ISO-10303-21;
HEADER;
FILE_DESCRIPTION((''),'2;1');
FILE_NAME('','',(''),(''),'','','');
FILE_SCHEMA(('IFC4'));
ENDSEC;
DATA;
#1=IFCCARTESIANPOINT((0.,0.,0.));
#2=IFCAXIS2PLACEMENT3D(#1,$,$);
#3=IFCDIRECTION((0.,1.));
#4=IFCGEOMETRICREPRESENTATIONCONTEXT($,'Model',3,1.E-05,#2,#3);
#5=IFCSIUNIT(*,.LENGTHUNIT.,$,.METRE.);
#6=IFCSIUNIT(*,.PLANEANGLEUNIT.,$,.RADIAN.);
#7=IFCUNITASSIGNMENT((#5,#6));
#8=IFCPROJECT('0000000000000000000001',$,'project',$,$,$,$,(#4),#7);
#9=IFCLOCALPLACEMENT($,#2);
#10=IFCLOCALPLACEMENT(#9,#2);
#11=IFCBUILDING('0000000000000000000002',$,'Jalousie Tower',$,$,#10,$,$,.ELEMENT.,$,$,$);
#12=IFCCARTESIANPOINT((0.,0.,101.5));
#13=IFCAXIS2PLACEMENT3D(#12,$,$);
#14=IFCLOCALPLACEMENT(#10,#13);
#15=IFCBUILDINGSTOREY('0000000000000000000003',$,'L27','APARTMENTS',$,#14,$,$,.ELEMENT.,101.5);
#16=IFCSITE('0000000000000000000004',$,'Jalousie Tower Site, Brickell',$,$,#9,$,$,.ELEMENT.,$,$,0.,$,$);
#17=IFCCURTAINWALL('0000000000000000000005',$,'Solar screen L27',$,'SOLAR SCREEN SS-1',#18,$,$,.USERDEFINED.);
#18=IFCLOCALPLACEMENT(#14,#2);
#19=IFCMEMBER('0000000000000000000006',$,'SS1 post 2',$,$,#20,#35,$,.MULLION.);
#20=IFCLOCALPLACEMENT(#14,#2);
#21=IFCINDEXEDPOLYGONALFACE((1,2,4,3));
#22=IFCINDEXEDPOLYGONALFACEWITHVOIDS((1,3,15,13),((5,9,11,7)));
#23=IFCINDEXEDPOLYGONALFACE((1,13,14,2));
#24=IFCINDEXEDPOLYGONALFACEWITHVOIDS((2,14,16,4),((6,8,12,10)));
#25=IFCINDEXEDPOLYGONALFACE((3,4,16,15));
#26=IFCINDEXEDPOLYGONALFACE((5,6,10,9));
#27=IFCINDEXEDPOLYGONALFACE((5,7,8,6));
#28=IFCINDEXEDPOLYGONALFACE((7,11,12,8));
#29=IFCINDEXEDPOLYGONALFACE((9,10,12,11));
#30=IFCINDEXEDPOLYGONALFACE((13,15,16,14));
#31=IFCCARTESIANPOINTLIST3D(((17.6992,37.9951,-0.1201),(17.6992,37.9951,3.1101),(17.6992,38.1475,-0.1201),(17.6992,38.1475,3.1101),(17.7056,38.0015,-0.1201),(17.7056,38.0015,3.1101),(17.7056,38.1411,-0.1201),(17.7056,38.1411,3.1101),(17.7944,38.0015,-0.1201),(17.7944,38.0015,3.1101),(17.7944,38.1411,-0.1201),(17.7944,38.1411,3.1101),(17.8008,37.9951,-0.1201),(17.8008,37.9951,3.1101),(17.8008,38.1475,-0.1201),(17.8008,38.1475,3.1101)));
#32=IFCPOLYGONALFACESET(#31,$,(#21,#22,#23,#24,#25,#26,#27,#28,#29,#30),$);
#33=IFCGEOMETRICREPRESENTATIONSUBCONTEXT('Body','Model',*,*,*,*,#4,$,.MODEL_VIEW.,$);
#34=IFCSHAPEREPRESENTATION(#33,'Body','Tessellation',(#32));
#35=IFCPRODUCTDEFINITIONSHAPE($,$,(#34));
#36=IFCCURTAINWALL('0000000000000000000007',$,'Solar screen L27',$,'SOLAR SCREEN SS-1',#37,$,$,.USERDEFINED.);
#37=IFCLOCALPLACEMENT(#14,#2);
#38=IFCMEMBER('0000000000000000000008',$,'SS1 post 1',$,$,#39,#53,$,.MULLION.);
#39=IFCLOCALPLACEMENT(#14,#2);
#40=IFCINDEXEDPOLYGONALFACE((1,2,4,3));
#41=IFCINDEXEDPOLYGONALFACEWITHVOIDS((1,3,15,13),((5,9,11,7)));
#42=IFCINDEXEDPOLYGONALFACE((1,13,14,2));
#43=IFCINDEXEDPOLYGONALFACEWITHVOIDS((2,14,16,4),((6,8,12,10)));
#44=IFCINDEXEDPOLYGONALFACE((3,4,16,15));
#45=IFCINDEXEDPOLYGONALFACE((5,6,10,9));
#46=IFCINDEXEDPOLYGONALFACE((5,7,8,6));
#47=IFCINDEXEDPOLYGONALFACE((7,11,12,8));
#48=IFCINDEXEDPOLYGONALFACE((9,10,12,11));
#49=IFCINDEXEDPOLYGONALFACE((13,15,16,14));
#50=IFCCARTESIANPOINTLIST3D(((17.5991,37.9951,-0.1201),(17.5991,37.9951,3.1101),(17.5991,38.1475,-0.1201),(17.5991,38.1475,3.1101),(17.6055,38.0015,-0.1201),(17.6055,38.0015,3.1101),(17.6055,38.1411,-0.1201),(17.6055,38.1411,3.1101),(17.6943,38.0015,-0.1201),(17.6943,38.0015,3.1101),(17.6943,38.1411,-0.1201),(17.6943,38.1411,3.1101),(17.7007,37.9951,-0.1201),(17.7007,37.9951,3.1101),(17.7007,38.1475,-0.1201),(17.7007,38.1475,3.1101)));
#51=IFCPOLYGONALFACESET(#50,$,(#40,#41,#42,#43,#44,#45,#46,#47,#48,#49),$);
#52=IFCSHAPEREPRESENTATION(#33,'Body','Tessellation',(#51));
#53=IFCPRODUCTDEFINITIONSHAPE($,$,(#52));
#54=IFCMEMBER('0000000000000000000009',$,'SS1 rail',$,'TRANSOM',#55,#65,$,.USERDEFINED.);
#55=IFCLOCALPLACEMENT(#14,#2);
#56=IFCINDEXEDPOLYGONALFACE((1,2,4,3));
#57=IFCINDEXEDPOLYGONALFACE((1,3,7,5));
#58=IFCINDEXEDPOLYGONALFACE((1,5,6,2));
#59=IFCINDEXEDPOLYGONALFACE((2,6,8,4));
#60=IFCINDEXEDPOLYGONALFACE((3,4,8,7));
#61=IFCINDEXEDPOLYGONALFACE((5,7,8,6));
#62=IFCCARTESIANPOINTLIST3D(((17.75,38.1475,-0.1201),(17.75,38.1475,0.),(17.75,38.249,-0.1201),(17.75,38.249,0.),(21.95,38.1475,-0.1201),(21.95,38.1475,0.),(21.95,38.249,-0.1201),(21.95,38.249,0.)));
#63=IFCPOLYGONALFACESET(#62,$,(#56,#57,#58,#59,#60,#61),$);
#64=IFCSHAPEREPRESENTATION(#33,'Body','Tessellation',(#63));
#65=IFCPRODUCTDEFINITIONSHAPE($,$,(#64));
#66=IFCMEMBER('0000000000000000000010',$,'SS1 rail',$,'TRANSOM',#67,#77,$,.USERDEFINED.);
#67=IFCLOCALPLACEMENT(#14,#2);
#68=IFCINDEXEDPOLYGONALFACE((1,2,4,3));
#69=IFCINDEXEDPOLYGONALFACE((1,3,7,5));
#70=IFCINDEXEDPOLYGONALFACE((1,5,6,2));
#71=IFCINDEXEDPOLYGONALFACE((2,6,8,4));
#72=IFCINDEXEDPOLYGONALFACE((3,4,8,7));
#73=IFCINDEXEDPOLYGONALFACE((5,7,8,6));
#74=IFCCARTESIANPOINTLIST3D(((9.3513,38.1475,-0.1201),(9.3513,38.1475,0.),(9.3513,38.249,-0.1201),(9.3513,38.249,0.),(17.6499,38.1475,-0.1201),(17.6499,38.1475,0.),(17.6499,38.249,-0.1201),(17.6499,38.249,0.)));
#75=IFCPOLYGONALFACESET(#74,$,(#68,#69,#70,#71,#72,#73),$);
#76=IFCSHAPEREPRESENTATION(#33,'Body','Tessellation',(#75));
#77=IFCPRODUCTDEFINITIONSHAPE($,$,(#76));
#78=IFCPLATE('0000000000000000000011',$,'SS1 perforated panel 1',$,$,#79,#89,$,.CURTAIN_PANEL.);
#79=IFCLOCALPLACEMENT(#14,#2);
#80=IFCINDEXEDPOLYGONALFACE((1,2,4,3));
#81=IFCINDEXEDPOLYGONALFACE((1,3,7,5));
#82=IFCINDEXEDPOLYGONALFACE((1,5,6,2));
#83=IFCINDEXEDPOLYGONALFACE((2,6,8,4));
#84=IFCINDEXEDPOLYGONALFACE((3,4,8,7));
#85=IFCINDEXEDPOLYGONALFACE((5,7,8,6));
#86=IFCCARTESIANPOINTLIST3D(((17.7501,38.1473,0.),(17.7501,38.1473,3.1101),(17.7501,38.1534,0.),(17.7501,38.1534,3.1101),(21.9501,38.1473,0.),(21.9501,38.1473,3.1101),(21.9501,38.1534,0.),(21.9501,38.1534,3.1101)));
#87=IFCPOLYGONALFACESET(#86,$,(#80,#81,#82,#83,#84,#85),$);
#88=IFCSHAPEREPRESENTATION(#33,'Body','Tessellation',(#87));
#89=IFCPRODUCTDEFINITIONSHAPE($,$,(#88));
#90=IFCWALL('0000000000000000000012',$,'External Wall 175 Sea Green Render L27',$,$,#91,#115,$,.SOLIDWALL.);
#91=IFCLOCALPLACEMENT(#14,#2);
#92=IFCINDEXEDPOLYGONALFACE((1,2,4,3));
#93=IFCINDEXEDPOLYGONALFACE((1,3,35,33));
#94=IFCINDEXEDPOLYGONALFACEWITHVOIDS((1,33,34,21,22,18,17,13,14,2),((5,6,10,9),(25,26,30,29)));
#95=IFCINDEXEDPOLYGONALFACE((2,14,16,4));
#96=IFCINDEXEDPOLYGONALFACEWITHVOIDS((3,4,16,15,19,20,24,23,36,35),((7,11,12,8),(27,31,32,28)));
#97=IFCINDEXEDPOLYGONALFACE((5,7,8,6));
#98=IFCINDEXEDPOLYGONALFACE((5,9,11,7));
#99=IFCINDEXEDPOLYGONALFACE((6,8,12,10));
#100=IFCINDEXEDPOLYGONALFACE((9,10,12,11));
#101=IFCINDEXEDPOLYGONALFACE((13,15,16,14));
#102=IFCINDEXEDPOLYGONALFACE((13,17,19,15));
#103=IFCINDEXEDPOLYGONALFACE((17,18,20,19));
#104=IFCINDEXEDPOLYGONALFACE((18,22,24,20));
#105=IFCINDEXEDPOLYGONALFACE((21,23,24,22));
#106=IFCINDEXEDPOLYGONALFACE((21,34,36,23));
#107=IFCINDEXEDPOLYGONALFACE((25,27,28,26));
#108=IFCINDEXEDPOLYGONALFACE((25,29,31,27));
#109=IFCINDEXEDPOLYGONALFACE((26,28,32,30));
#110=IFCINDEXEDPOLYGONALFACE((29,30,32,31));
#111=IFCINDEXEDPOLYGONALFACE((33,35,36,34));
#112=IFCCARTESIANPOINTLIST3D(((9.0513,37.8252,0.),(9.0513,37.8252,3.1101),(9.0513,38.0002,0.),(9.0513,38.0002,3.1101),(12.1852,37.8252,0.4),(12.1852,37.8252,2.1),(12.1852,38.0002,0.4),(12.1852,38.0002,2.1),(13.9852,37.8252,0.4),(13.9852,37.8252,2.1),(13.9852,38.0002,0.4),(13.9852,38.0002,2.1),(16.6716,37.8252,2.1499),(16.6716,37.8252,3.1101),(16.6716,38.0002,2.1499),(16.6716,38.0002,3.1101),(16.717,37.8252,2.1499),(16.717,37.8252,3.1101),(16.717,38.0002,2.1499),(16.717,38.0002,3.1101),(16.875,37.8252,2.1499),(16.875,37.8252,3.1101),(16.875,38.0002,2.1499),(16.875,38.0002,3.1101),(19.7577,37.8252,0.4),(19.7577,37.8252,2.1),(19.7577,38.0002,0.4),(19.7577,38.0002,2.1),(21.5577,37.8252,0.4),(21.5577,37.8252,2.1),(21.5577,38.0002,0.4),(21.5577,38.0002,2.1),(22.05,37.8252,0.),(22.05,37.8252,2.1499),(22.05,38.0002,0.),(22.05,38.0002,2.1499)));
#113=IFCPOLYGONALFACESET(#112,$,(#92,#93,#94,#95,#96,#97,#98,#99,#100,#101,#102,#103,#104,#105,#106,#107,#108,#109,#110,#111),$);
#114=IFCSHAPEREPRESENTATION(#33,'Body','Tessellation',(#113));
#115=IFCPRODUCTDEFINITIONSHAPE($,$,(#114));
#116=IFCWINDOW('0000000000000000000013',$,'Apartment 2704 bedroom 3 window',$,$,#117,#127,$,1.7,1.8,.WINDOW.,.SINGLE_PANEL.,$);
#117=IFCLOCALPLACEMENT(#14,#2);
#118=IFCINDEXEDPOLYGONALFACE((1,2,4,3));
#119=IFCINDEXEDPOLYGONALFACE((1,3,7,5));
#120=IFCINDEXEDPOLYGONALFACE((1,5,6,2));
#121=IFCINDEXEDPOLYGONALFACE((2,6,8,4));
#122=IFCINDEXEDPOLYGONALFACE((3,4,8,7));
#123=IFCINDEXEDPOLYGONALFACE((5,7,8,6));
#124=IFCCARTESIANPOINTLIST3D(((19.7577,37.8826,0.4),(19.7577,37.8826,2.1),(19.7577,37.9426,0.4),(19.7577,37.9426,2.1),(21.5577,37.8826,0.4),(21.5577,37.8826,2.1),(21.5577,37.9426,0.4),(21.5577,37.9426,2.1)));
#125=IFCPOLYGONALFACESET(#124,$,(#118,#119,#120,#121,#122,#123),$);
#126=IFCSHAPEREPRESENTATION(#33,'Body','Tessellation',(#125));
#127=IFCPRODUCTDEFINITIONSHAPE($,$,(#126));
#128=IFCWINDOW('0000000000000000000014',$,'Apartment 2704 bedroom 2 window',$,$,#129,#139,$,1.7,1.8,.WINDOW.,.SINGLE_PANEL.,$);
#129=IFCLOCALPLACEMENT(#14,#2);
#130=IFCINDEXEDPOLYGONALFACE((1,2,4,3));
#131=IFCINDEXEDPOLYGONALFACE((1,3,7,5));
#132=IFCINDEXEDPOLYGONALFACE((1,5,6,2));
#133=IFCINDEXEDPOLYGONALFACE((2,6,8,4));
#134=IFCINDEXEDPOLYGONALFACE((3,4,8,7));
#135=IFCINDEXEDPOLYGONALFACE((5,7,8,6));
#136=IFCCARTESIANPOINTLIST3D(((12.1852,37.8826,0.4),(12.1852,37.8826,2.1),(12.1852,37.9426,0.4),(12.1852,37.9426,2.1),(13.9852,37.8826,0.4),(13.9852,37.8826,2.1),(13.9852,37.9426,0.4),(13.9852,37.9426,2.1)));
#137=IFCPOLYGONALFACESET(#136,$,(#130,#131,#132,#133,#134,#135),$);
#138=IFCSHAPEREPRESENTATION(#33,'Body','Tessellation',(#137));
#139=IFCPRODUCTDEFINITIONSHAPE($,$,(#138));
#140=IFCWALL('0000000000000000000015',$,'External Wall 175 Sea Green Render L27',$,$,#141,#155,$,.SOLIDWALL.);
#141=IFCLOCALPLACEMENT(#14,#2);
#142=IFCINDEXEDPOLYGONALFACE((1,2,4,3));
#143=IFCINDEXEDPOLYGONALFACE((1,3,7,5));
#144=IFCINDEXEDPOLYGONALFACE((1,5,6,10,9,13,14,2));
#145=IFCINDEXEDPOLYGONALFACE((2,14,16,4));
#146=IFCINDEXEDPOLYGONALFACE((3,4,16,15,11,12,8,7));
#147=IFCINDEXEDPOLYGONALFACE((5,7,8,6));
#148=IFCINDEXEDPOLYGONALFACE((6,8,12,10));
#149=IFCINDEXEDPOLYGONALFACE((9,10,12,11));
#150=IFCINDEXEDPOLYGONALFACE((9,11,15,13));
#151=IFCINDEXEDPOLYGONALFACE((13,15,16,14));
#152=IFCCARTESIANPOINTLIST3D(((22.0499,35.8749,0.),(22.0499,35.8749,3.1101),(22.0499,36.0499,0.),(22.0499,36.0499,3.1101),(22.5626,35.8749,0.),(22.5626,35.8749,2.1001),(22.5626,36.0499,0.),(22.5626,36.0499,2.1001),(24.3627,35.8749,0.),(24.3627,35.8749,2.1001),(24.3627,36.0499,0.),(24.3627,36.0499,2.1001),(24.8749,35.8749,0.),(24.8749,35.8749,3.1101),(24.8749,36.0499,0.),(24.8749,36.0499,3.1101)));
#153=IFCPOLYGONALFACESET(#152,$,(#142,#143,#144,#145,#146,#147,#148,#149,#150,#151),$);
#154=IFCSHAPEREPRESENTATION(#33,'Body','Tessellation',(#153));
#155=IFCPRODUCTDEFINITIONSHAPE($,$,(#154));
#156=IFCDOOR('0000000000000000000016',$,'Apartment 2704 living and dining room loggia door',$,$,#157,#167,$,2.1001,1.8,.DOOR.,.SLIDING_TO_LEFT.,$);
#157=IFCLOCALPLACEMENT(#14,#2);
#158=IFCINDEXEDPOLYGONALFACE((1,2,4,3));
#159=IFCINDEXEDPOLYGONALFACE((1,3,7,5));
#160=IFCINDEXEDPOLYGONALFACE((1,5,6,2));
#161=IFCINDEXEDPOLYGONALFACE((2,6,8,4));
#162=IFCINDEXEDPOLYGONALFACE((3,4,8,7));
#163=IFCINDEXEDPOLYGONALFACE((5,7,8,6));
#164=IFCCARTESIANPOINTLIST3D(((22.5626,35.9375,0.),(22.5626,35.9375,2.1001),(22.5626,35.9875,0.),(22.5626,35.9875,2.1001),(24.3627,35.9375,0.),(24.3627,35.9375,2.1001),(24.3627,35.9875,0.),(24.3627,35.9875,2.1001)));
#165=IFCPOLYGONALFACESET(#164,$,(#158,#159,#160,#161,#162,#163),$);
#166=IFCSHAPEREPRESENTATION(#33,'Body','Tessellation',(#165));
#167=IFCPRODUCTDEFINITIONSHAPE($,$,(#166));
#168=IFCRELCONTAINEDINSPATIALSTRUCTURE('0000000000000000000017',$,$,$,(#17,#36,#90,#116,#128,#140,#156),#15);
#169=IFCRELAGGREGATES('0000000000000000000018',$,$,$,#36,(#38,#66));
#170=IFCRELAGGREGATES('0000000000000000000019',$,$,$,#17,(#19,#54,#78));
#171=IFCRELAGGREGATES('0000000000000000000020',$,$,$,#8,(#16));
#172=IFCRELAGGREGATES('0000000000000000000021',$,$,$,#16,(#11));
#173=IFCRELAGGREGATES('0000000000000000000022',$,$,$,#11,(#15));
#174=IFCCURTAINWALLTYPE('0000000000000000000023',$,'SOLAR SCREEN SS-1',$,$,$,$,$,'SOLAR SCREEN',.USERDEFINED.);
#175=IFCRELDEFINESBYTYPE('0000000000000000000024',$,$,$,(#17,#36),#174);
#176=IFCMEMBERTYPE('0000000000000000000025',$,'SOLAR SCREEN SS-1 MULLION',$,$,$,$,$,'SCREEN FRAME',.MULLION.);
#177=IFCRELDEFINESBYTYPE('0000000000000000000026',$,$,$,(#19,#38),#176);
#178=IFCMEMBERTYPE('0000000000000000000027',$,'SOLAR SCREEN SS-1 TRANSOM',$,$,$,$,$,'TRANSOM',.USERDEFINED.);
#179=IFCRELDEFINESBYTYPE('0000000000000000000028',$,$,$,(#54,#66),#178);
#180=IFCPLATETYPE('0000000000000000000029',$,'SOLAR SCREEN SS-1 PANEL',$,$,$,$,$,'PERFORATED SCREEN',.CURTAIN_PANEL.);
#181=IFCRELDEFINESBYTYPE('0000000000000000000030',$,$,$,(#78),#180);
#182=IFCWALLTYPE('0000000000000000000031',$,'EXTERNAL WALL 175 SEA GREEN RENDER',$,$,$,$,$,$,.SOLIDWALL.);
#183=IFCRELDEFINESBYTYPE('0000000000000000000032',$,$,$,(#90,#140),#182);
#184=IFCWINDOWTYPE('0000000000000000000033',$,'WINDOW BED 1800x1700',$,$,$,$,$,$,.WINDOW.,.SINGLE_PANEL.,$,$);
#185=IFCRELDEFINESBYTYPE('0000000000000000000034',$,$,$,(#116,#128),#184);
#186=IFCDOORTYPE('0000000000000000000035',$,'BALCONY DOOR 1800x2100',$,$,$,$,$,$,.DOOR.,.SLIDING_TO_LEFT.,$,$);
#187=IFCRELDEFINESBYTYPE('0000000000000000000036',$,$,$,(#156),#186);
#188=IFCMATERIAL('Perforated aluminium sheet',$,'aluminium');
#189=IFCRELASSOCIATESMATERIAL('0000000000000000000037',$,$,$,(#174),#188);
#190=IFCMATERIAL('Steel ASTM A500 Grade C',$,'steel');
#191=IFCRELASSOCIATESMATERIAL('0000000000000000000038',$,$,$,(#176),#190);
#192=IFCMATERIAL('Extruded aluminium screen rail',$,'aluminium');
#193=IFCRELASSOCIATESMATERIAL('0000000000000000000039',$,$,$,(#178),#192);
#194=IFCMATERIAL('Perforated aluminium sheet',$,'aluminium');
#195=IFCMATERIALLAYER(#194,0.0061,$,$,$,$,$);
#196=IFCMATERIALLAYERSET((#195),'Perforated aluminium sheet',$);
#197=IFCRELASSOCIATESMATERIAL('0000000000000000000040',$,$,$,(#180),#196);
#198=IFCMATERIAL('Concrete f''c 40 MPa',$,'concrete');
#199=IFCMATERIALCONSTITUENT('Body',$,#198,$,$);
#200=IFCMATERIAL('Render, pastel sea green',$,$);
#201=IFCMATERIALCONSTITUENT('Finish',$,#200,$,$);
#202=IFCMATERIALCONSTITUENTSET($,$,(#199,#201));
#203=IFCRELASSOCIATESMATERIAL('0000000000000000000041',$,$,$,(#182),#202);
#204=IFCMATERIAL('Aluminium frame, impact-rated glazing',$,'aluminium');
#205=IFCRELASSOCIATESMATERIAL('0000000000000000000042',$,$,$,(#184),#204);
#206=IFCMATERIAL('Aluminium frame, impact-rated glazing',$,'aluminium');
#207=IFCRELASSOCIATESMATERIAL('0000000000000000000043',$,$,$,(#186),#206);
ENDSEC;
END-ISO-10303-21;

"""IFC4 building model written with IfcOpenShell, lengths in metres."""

from ifc_helpers import new_model, si_unit, direction, frame, frame_2d, origin, origin_2d, place, context, subcontext, project, spatial, polyline, rectangle, hollow_rectangle, outline, extrude, material, layer, layer_set, constituent, constituent_set, material_profile, profile_set, type_object, element, fill, aggregate, save


model = new_model("IFC4")

# Units and contexts
model_context = context("Model", 3, precision=1e-05, world=origin(), true_north=direction((0.0, 1.0)))
body_context = subcontext(model_context, "Body", "Model", "MODEL_VIEW")
ifc_project = project(units=[si_unit("LENGTHUNIT", "METRE"), si_unit("PLANEANGLEUNIT", "RADIAN")], contexts=[model_context])

# Site, building, storey
site_placement = place(None, origin())
site = spatial("IfcSite", under=ifc_project, at=site_placement, Name="Jalousie Tower Site, Brickell", CompositionType="ELEMENT", RefElevation=0.0)
building_placement = place(site_placement, origin())
building = spatial("IfcBuilding", under=site, at=building_placement, Name="Jalousie Tower", CompositionType="ELEMENT")
storey_placement = place(building_placement, frame((0.0, 0.0, 101.5)))
storey = spatial("IfcBuildingStorey", under=building, at=storey_placement, Name="L27", Description="APARTMENTS", CompositionType="ELEMENT", Elevation=101.5)

# Shared definitions
ifc_material_1 = material(Name="Perforated aluminium sheet", Category="aluminium")
curtain_wall_type = type_object("IfcCurtainWallType", Name="SOLAR SCREEN SS-1", ElementType="SOLAR SCREEN", PredefinedType="USERDEFINED", material=ifc_material_1)
ifc_material_2 = material(Name="Steel ASTM A500 Grade C", Category="steel")
ifc_material_profile_1 = material_profile(ifc_material_2, hollow_rectangle(XDim=0.1016, YDim=0.1523, WallThickness=0.0063, at=origin_2d()), Name="HSS6X4X1/4")
ifc_profile_set_1 = profile_set([ifc_material_profile_1], Name="Steel ASTM A500 Grade C")
member_type_1 = type_object("IfcMemberType", Name="SOLAR SCREEN SS-1 MULLION", ElementType="SCREEN FRAME", PredefinedType="MULLION", material=ifc_profile_set_1)

# Curtain wall, member
curtain_wall_1_placement = place(storey_placement, origin())
curtain_wall_1 = element("IfcCurtainWall", 1, at=curtain_wall_1_placement, inside=storey, type_object=curtain_wall_type, Name="Solar screen L27", ObjectType="SOLAR SCREEN SS-1", PredefinedType="USERDEFINED")
member_1_placement = place(storey_placement, frame((17.75, 38.0713, -0.1201), z_axis=(0.0, 0.0, 1.0), x_axis=(-1.0, 0.0, 0.0)))
member_1 = element("IfcMember", 2, at=member_1_placement, type_object=member_type_1, Name="SS1 post 2", PredefinedType="MULLION", context=body_context, shape_type="SweptSolid", body=[
    extrude(hollow_rectangle(XDim=0.1016, YDim=0.1523, WallThickness=0.0063, at=origin_2d()), origin(), (0.0, 0.0, 1.0), 3.2302),
])

# Curtain wall, member
curtain_wall_2_placement = place(storey_placement, origin())
curtain_wall_2 = element("IfcCurtainWall", 3, at=curtain_wall_2_placement, inside=storey, type_object=curtain_wall_type, Name="Solar screen L27", ObjectType="SOLAR SCREEN SS-1", PredefinedType="USERDEFINED")
member_2_placement = place(storey_placement, frame((17.6499, 38.0713, -0.1201), z_axis=(0.0, 0.0, 1.0), x_axis=(-1.0, 0.0, 0.0)))
member_2 = element("IfcMember", 4, at=member_2_placement, type_object=member_type_1, Name="SS1 post 1", PredefinedType="MULLION", context=body_context, shape_type="SweptSolid", body=[
    extrude(hollow_rectangle(XDim=0.1016, YDim=0.1523, WallThickness=0.0063, at=origin_2d()), origin(), (0.0, 0.0, 1.0), 3.2302),
])

# Members
ifc_material_3 = material(Name="Extruded aluminium screen rail", Category="aluminium")
ifc_material_profile_2 = material_profile(ifc_material_3, rectangle(XDim=0.1016, YDim=0.1201, at=origin_2d()), Name="RAIL 102x120")
ifc_profile_set_2 = profile_set([ifc_material_profile_2], Name="Extruded aluminium screen rail")
member_type_2 = type_object("IfcMemberType", Name="SOLAR SCREEN SS-1 TRANSOM", ElementType="TRANSOM", PredefinedType="USERDEFINED", material=ifc_profile_set_2)
member_3_placement = place(storey_placement, frame((21.95, 38.1982, -0.0601), z_axis=(-1.0, 0.0, 0.0), x_axis=(0.0, -1.0, 0.0)))
member_3 = element("IfcMember", 5, at=member_3_placement, type_object=member_type_2, Name="SS1 rail", ObjectType="TRANSOM", PredefinedType="USERDEFINED", context=body_context, shape_type="SweptSolid", body=[
    extrude(rectangle(XDim=0.1016, YDim=0.1201, at=origin_2d()), origin(), (0.0, 0.0, 1.0), 4.2),
])
member_4_placement = place(storey_placement, frame((17.6499, 38.1982, -0.0601), z_axis=(-1.0, 0.0, 0.0), x_axis=(0.0, -1.0, 0.0)))
member_4 = element("IfcMember", 6, at=member_4_placement, type_object=member_type_2, Name="SS1 rail", ObjectType="TRANSOM", PredefinedType="USERDEFINED", context=body_context, shape_type="SweptSolid", body=[
    extrude(rectangle(XDim=0.1016, YDim=0.1201, at=origin_2d()), origin(), (0.0, 0.0, 1.0), 8.2986),
])
aggregate(curtain_wall_2, [member_2, member_4])

# Plate
ifc_material_4 = material(Name="Perforated aluminium sheet", Category="aluminium")
ifc_layer_1 = layer(ifc_material_4, 0.0061)
ifc_layer_set_1 = layer_set([ifc_layer_1], Name="Perforated aluminium sheet")
plate_type = type_object("IfcPlateType", Name="SOLAR SCREEN SS-1 PANEL", ElementType="PERFORATED SCREEN", PredefinedType="CURTAIN_PANEL", material=ifc_layer_set_1)
plate_placement = place(storey_placement, frame((19.8501, 38.1504, 0.0), z_axis=(0.0, 0.0, 1.0), x_axis=(-1.0, 0.0, 0.0)))
plate = element("IfcPlate", 7, at=plate_placement, type_object=plate_type, Name="SS1 perforated panel 1", PredefinedType="CURTAIN_PANEL", context=body_context, shape_type="SweptSolid", body=[
    extrude(rectangle(XDim=4.2, YDim=0.0061, at=origin_2d()), origin(), (0.0, 0.0, 1.0), 3.1101),
])
aggregate(curtain_wall_1, [member_1, member_3, plate])

# Wall, openings, windows
ifc_material_5 = material(Name="Concrete f'c 40 MPa", Category="concrete")
ifc_constituent_1 = constituent(ifc_material_5, Name="Body")
ifc_material_6 = material(Name="Render, pastel sea green")
ifc_constituent_2 = constituent(ifc_material_6, Name="Finish")
ifc_constituent_set_1 = constituent_set(constituents=[ifc_constituent_1, ifc_constituent_2])
wall_type_1 = type_object("IfcWallType", Name="EXTERNAL WALL 175 SEA GREEN RENDER", PredefinedType="SOLIDWALL", material=ifc_constituent_set_1)
wall_1_placement = place(storey_placement, frame((22.05, 37.9126, 0.0), z_axis=(0.0, 0.0, 1.0), x_axis=(-1.0, 0.0, 0.0)))
wall_1 = element("IfcWall", 8, at=wall_1_placement, inside=storey, type_object=wall_type_1, Name="External Wall 175 Sea Green Render L27", PredefinedType="SOLIDWALL", context=body_context, shape_type="SweptSolid", body=[
    extrude(outline(polyline([(0.0, 0.0), (12.9988, 0.0), (12.9988, 3.1101), (5.3784, 3.1101), (5.3784, 2.1499), (5.333, 2.1499), (5.333, 3.1101), (5.175, 3.1101), (5.175, 2.1499), (0.0, 2.1499), (0.0, 0.0)])), frame((0.0, 0.0874, 0.0), z_axis=(0.0, -1.0, 0.0), x_axis=(1.0, 0.0, 0.0)), (0.0, 0.0, 1.0), 0.175),
])
opening_1_placement = place(wall_1_placement, frame((0.4924, 0.0, 0.3999)))
opening_1 = element("IfcOpeningElement", 9, at=opening_1_placement, cuts=wall_1, PredefinedType="OPENING", context=body_context, shape_type="SweptSolid", body=[
    extrude(rectangle(XDim=1.8, YDim=1.7, at=frame_2d((0.8999, 0.8501))), frame((0.0, 0.0974, 0.0), z_axis=(0.0, -1.0, 0.0), x_axis=(1.0, 0.0, 0.0)), (0.0, 0.0, 1.0), 0.1951),
])
opening_2_placement = place(wall_1_placement, frame((8.0649, 0.0, 0.3999)))
opening_2 = element("IfcOpeningElement", 10, at=opening_2_placement, cuts=wall_1, PredefinedType="OPENING", context=body_context, shape_type="SweptSolid", body=[
    extrude(rectangle(XDim=1.8, YDim=1.7, at=frame_2d((0.8999, 0.8501))), frame((0.0, 0.0974, 0.0), z_axis=(0.0, -1.0, 0.0), x_axis=(1.0, 0.0, 0.0)), (0.0, 0.0, 1.0), 0.1951),
])
ifc_material_7 = material(Name="Aluminium frame, impact-rated glazing", Category="aluminium")
window_type = type_object("IfcWindowType", Name="WINDOW BED 1800x1700", PartitioningType="SINGLE_PANEL", PredefinedType="WINDOW", material=ifc_material_7)
window_1_placement = place(opening_1_placement, origin())
window_1 = element("IfcWindow", 11, at=window_1_placement, inside=storey, type_object=window_type, Name="Apartment 2704 bedroom 3 window", OverallHeight=1.7, OverallWidth=1.8, PartitioningType="SINGLE_PANEL", PredefinedType="WINDOW", context=body_context, shape_type="SweptSolid", body=[
    extrude(rectangle(XDim=1.8, YDim=1.7, at=frame_2d((0.8999, 0.8501))), frame((0.0, 0.03, 0.0), z_axis=(0.0, -1.0, 0.0), x_axis=(1.0, 0.0, 0.0)), (0.0, 0.0, 1.0), 0.0601),
])
fill(opening_1, window_1)
window_2_placement = place(opening_2_placement, origin())
window_2 = element("IfcWindow", 12, at=window_2_placement, inside=storey, type_object=window_type, Name="Apartment 2704 bedroom 2 window", OverallHeight=1.7, OverallWidth=1.8, PartitioningType="SINGLE_PANEL", PredefinedType="WINDOW", context=body_context, shape_type="SweptSolid", body=[
    extrude(rectangle(XDim=1.8, YDim=1.7, at=frame_2d((0.8999, 0.8501))), frame((0.0, 0.03, 0.0), z_axis=(0.0, -1.0, 0.0), x_axis=(1.0, 0.0, 0.0)), (0.0, 0.0, 1.0), 0.0601),
])
fill(opening_2, window_2)

# Wall, opening, door
wall_2_placement = place(storey_placement, frame((24.875, 35.9624, 0.0), z_axis=(0.0, 0.0, 1.0), x_axis=(-1.0, 0.0, 0.0)))
wall_2 = element("IfcWall", 13, at=wall_2_placement, inside=storey, type_object=wall_type_1, Name="External Wall 175 Sea Green Render L27", PredefinedType="SOLIDWALL", context=body_context, shape_type="SweptSolid", body=[
    extrude(rectangle(XDim=2.825, YDim=0.175, at=frame_2d((1.4126, 0.0))), origin(), (0.0, 0.0, 1.0), 3.1101),
])
opening_3_placement = place(wall_2_placement, frame((0.5125, 0.0, 0.0)))
opening_3 = element("IfcOpeningElement", 14, at=opening_3_placement, cuts=wall_2, PredefinedType="OPENING", context=body_context, shape_type="SweptSolid", body=[
    extrude(rectangle(XDim=1.8, YDim=2.1001, at=frame_2d((0.8999, 1.05))), frame((0.0, 0.0974, 0.0), z_axis=(0.0, -1.0, 0.0), x_axis=(1.0, 0.0, 0.0)), (0.0, 0.0, 1.0), 0.1951),
])
ifc_material_8 = material(Name="Aluminium frame, impact-rated glazing", Category="aluminium")
door_type_1 = type_object("IfcDoorType", Name="BALCONY DOOR 1800x2100", OperationType="SLIDING_TO_LEFT", PredefinedType="DOOR", material=ifc_material_8)
door_1_placement = place(opening_3_placement, origin())
door_1 = element("IfcDoor", 15, at=door_1_placement, inside=storey, type_object=door_type_1, Name="Apartment 2704 living and dining room loggia door", OperationType="SLIDING_TO_LEFT", OverallHeight=2.1001, OverallWidth=1.8, PredefinedType="DOOR", context=body_context, shape_type="SweptSolid", body=[
    extrude(rectangle(XDim=1.8, YDim=2.1001, at=frame_2d((0.8999, 1.05))), frame((0.0, 0.0249, 0.0), z_axis=(0.0, -1.0, 0.0), x_axis=(1.0, 0.0, 0.0)), (0.0, 0.0, 1.0), 0.05),
])
fill(opening_3, door_1)

save(model, "model.ifc")
